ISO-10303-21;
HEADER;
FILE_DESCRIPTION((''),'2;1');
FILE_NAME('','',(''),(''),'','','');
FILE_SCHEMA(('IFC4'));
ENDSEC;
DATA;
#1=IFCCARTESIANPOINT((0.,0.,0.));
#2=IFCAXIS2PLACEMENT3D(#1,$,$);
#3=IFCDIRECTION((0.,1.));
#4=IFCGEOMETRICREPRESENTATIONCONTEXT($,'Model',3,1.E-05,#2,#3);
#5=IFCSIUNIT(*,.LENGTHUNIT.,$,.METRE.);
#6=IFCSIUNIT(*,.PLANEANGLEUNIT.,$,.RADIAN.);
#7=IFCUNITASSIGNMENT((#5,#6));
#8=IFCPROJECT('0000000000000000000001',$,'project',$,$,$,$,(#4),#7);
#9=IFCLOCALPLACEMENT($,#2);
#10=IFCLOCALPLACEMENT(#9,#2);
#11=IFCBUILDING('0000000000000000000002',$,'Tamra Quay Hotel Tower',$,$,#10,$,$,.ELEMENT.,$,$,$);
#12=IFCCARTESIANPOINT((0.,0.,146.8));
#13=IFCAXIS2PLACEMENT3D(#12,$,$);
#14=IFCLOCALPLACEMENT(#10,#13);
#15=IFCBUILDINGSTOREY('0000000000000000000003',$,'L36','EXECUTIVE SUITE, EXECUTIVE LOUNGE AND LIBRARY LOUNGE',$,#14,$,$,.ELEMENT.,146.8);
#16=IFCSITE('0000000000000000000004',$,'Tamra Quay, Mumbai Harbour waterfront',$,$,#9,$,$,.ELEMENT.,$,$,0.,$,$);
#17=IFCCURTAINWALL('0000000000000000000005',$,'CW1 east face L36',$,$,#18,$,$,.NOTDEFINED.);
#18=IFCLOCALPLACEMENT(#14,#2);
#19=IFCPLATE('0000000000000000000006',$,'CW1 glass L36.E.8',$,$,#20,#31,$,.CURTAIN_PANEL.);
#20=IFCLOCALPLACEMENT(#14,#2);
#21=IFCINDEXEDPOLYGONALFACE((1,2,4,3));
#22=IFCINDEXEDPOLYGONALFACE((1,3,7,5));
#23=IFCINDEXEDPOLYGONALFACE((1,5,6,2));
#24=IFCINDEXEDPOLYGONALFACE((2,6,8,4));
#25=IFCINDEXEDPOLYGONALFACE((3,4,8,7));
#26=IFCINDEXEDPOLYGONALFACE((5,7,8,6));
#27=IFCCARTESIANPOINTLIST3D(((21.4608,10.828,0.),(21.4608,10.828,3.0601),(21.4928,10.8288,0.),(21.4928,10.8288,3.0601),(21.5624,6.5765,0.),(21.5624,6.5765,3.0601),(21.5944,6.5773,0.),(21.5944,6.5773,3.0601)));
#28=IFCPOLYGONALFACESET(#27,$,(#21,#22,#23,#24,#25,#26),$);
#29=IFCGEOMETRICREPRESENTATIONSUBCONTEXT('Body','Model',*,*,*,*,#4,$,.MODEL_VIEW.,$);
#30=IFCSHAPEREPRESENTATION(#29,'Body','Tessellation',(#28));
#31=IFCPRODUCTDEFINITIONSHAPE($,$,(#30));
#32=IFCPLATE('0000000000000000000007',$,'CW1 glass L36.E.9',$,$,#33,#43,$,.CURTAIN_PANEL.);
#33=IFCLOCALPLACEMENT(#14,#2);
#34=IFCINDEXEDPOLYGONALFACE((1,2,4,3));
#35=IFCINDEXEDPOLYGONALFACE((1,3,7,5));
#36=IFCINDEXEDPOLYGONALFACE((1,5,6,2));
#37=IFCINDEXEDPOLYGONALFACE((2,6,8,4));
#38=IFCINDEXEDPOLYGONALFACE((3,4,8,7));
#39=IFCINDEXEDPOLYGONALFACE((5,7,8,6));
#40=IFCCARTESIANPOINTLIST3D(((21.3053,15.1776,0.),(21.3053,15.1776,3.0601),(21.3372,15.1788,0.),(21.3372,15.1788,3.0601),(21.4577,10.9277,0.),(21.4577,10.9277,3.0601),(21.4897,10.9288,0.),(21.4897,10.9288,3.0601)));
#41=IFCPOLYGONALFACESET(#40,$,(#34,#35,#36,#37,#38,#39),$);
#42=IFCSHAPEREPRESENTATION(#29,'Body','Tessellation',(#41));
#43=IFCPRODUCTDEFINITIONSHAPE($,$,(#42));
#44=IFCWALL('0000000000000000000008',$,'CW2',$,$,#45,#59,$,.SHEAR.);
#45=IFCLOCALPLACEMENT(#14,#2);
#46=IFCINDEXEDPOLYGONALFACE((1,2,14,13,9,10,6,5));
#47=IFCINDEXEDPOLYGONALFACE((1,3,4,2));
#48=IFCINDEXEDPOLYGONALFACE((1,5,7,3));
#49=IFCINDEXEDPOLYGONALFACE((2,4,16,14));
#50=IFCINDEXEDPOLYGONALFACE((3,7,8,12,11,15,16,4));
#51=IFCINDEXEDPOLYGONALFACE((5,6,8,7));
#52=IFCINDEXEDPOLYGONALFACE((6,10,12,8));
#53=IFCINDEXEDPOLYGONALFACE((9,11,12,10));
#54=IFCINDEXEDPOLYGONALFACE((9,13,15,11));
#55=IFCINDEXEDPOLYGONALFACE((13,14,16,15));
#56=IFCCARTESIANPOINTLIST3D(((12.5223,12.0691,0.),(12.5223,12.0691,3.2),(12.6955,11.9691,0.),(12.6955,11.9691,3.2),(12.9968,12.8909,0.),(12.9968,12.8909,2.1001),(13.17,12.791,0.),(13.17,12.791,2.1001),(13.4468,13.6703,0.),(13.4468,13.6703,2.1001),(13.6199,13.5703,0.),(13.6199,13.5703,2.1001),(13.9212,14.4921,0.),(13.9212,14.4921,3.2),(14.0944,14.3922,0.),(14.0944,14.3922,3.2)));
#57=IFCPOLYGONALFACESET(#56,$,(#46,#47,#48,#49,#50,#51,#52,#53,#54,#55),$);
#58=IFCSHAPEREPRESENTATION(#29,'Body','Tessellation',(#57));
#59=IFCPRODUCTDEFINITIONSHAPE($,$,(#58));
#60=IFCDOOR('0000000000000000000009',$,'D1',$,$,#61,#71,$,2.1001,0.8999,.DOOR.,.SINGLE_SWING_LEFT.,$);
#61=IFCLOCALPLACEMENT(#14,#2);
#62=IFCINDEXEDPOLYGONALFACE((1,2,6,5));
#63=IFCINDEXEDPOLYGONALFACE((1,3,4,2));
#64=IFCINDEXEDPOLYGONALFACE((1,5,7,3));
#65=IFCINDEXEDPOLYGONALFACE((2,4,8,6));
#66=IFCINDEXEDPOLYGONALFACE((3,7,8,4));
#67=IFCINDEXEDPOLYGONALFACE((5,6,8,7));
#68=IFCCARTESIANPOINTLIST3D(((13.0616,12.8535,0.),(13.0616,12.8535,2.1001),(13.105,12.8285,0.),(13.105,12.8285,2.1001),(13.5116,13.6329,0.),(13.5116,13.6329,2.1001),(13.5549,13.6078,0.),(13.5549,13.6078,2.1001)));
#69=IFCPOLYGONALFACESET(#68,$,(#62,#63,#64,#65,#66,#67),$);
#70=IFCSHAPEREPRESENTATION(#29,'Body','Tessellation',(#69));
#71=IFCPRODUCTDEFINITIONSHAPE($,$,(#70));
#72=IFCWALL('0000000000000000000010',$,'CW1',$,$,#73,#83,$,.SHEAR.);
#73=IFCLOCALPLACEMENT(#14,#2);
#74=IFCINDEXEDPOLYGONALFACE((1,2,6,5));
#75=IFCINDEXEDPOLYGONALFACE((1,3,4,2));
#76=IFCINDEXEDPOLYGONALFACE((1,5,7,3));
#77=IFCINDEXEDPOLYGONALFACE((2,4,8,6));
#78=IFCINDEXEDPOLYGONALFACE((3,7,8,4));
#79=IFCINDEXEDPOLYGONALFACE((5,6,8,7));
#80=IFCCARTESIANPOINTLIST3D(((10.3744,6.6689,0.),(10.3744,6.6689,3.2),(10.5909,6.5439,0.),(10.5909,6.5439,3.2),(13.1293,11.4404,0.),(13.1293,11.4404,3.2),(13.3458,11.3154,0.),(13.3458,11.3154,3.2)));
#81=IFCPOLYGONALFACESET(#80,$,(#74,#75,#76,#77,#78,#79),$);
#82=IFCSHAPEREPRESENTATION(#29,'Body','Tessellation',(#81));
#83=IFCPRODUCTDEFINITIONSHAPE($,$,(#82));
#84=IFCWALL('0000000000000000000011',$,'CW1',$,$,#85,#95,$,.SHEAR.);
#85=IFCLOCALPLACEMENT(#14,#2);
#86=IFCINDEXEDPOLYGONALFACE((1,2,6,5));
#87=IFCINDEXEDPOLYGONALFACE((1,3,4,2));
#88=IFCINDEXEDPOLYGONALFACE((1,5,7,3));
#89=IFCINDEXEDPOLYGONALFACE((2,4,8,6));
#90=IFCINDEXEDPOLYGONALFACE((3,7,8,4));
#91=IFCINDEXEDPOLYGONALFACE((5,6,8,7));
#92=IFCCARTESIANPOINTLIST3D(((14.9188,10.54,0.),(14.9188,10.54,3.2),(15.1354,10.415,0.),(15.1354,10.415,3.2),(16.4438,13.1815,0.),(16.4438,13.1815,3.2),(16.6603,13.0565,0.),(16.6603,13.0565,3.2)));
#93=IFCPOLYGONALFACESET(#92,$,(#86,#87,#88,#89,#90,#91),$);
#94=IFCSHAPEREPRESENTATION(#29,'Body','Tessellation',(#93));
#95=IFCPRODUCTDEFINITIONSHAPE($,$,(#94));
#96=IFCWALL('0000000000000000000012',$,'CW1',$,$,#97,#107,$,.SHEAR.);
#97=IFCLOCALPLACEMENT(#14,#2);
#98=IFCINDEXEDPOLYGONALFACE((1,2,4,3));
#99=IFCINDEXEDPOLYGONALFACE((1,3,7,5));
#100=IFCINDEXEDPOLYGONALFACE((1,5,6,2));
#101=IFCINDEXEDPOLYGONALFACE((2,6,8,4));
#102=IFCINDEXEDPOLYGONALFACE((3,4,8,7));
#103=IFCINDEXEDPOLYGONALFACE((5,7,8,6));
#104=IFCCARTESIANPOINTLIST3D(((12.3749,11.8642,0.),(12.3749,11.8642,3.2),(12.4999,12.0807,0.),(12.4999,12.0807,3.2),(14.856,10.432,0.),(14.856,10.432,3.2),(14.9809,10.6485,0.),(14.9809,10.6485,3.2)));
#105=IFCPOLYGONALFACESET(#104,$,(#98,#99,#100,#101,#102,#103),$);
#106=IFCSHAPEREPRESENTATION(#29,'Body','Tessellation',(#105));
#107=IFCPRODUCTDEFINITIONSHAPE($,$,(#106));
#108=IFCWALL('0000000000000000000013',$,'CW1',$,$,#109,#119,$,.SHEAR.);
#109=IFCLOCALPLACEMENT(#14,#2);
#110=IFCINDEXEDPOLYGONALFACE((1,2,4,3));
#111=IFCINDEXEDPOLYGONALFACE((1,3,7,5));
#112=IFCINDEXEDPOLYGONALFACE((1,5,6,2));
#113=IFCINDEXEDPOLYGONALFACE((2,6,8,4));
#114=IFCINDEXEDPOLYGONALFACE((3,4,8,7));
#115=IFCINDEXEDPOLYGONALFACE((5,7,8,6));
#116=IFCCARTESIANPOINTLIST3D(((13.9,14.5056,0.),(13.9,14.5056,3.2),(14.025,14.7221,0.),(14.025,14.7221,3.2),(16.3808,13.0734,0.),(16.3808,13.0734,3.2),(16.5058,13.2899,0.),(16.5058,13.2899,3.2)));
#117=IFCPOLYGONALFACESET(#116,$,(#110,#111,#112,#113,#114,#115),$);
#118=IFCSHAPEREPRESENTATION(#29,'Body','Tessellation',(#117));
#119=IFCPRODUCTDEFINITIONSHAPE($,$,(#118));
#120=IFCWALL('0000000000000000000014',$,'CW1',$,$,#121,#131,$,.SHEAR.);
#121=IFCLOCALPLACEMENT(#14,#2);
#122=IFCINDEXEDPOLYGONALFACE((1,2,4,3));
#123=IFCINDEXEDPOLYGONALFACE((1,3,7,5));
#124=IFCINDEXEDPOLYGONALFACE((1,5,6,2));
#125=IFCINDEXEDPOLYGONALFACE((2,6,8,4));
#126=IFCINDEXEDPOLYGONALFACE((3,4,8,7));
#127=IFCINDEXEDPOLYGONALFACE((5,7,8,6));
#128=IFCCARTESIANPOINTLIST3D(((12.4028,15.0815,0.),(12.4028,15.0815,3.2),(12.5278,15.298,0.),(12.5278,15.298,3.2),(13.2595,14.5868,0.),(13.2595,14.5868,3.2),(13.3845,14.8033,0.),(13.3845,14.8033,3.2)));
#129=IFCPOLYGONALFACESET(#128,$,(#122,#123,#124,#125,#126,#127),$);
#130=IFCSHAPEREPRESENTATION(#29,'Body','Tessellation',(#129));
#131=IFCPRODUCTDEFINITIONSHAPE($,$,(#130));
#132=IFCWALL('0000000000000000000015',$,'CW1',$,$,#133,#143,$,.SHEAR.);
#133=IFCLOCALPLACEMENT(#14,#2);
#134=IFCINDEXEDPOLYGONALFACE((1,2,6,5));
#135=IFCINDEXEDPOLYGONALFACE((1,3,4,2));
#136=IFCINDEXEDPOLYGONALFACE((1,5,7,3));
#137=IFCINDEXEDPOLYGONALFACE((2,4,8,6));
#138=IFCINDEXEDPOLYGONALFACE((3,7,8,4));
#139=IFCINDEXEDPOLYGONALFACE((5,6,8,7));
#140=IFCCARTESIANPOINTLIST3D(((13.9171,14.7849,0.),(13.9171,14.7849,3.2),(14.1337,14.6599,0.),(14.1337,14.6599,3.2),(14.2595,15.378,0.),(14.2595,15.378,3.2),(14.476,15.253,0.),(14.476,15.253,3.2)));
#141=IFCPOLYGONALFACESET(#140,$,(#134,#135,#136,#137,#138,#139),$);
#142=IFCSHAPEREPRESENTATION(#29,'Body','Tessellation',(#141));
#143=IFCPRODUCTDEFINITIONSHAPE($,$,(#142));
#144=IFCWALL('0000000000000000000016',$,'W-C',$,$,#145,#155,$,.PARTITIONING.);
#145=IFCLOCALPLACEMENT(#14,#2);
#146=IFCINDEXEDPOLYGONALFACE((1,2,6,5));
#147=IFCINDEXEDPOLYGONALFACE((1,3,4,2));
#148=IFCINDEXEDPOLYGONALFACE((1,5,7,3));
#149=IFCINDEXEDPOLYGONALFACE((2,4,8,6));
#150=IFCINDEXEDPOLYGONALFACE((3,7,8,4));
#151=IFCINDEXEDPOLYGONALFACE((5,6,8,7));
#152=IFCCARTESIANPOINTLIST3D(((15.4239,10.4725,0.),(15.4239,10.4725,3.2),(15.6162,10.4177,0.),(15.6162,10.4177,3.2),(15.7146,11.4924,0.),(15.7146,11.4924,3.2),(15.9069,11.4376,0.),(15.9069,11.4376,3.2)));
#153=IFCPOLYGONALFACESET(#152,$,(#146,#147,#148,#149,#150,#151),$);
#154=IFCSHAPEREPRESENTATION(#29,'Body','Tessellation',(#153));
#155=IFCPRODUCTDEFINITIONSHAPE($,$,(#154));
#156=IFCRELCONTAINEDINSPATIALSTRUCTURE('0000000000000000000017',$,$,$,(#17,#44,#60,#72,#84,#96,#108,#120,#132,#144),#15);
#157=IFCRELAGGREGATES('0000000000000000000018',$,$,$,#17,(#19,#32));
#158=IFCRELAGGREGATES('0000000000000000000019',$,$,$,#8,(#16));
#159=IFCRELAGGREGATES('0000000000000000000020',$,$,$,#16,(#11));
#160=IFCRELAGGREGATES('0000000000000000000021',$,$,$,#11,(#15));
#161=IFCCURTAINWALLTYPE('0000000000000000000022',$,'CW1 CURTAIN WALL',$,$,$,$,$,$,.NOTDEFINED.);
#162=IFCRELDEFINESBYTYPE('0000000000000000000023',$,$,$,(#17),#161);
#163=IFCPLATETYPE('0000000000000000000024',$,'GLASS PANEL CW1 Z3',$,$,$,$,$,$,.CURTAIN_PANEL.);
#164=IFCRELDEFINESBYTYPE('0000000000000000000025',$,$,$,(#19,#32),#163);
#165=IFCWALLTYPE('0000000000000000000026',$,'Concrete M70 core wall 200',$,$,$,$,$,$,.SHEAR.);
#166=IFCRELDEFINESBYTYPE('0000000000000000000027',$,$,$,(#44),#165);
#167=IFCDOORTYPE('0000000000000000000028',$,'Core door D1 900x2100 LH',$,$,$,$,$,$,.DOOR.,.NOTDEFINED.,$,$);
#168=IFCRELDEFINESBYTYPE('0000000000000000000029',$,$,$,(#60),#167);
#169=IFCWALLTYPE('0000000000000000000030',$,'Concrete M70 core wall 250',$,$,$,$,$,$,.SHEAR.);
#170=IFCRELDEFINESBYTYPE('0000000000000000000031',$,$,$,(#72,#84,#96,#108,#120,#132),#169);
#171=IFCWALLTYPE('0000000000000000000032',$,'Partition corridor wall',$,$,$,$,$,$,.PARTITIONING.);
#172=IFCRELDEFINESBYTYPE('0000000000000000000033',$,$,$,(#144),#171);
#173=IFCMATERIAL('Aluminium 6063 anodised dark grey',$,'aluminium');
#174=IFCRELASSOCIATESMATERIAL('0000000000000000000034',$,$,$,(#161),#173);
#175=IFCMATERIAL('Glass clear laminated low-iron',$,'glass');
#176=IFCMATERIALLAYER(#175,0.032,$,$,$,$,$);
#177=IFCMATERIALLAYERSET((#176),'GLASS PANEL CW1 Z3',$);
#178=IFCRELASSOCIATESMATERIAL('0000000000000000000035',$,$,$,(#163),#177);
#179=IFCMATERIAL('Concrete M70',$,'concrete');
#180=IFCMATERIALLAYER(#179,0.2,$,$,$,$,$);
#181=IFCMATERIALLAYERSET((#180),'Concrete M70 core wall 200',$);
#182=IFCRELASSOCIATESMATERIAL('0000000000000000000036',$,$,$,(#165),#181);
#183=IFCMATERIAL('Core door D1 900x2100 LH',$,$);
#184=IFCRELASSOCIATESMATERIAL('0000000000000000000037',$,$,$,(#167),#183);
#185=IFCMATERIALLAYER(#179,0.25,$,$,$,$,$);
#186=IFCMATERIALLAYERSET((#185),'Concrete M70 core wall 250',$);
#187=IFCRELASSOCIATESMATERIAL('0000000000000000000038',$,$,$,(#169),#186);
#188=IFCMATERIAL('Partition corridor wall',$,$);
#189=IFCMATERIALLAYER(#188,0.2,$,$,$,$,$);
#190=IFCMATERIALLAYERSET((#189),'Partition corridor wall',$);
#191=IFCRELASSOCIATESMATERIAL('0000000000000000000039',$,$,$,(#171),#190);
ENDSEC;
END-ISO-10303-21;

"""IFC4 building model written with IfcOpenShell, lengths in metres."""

from ifc_helpers import new_model, si_unit, direction, frame, frame_2d, origin, origin_2d, place, context, subcontext, project, spatial, rectangle, extrude, material, layer, layer_set, type_object, element, fill, aggregate, save


model = new_model("IFC4")

# Units and contexts
model_context = context("Model", 3, precision=1e-05, world=origin(), true_north=direction((0.0, 1.0)))
body_context = subcontext(model_context, "Body", "Model", "MODEL_VIEW")
ifc_project = project(units=[si_unit("LENGTHUNIT", "METRE"), si_unit("PLANEANGLEUNIT", "RADIAN")], contexts=[model_context])

# Site, building, storey
site_placement = place(None, origin())
site = spatial("IfcSite", under=ifc_project, at=site_placement, Name="Tamra Quay, Mumbai Harbour waterfront", CompositionType="ELEMENT", RefElevation=0.0)
building_placement = place(site_placement, origin())
building = spatial("IfcBuilding", under=site, at=building_placement, Name="Tamra Quay Hotel Tower", CompositionType="ELEMENT")
storey_placement = place(building_placement, frame((0.0, 0.0, 146.8)))
storey = spatial("IfcBuildingStorey", under=building, at=storey_placement, Name="L36", Description="EXECUTIVE SUITE, EXECUTIVE LOUNGE AND LIBRARY LOUNGE", CompositionType="ELEMENT", Elevation=146.8)

# Shared definitions
ifc_material_1 = material(Name="Concrete M70", Category="concrete")

# Curtain wall
ifc_material_2 = material(Name="Aluminium 6063 anodised dark grey", Category="aluminium")
curtain_wall_type = type_object("IfcCurtainWallType", Name="CW1 CURTAIN WALL", PredefinedType="NOTDEFINED", material=ifc_material_2)
curtain_wall_placement = place(storey_placement, origin())
curtain_wall = element("IfcCurtainWall", 1, at=curtain_wall_placement, inside=storey, type_object=curtain_wall_type, Name="CW1 east face L36", PredefinedType="NOTDEFINED")

# Plates
ifc_material_3 = material(Name="Glass clear laminated low-iron", Category="glass")
ifc_layer_1 = layer(ifc_material_3, 0.032)
ifc_layer_set_1 = layer_set([ifc_layer_1], Name="GLASS PANEL CW1 Z3")
plate_type = type_object("IfcPlateType", Name="GLASS PANEL CW1 Z3", PredefinedType="CURTAIN_PANEL", material=ifc_layer_set_1)
plate_1_placement = place(storey_placement, frame((21.5276, 8.7026, 0.0), z_axis=(0.0, 0.0, 1.0), x_axis=(-0.023896, 0.999714, 0.0)))
plate_1 = element("IfcPlate", 2, at=plate_1_placement, type_object=plate_type, Name="CW1 glass L36.E.8", PredefinedType="CURTAIN_PANEL", context=body_context, shape_type="SweptSolid", body=[
    extrude(rectangle(XDim=4.2527, YDim=0.032, at=origin_2d()), origin(), (0.0, 0.0, 1.0), 3.0601),
])
plate_2_placement = place(storey_placement, frame((21.3975, 13.0532, 0.0), z_axis=(0.0, 0.0, 1.0), x_axis=(-0.035845, 0.999357, 0.0)))
plate_2 = element("IfcPlate", 3, at=plate_2_placement, type_object=plate_type, Name="CW1 glass L36.E.9", PredefinedType="CURTAIN_PANEL", context=body_context, shape_type="SweptSolid", body=[
    extrude(rectangle(XDim=4.2527, YDim=0.032, at=origin_2d()), origin(), (0.0, 0.0, 1.0), 3.0601),
])
aggregate(curtain_wall, [plate_1, plate_2])

# Wall, opening, door
ifc_layer_2 = layer(ifc_material_1, 0.2)
ifc_layer_set_2 = layer_set([ifc_layer_2], Name="Concrete M70 core wall 200")
wall_type_1 = type_object("IfcWallType", Name="Concrete M70 core wall 200", PredefinedType="SHEAR", material=ifc_layer_set_2)
wall_1_placement = place(storey_placement, frame((14.0078, 14.4421, 0.0), z_axis=(0.0, 0.0, 1.0), x_axis=(-0.499987, -0.866033, 0.0)))
wall_1 = element("IfcWall", 4, at=wall_1_placement, inside=storey, type_object=wall_type_1, Name="CW2", PredefinedType="SHEAR", context=body_context, shape_type="SweptSolid", body=[
    extrude(rectangle(XDim=2.7979, YDim=0.2, at=frame_2d((1.3989, 0.0))), origin(), (0.0, 0.0, 1.0), 3.2),
])
opening_placement = place(wall_1_placement, frame((0.949, 0.0, 0.0)))
opening = element("IfcOpeningElement", 5, at=opening_placement, cuts=wall_1, PredefinedType="OPENING", context=body_context, shape_type="SweptSolid", body=[
    extrude(rectangle(XDim=0.8999, YDim=2.1001, at=frame_2d((0.45, 1.05))), frame((0.0, 0.1099, 0.0), z_axis=(0.0, -1.0, 0.0), x_axis=(1.0, 0.0, 0.0)), (0.0, 0.0, 1.0), 0.22),
])
ifc_material_4 = material(Name="Core door D1 900x2100 LH")
door_type = type_object("IfcDoorType", Name="Core door D1 900x2100 LH", OperationType="NOTDEFINED", PredefinedType="DOOR", material=ifc_material_4)
door_placement = place(opening_placement, origin())
door = element("IfcDoor", 6, at=door_placement, inside=storey, type_object=door_type, Name="D1", OperationType="SINGLE_SWING_LEFT", OverallHeight=2.1001, OverallWidth=0.8999, PredefinedType="DOOR", context=body_context, shape_type="SweptSolid", body=[
    extrude(rectangle(XDim=0.8999, YDim=2.1001, at=frame_2d((0.45, 1.05))), frame((0.0, 0.0249, 0.0), z_axis=(0.0, -1.0, 0.0), x_axis=(1.0, 0.0, 0.0)), (0.0, 0.0, 1.0), 0.05),
])
fill(opening, door)

# Walls
ifc_layer_3 = layer(ifc_material_1, 0.25)
ifc_layer_set_3 = layer_set([ifc_layer_3], Name="Concrete M70 core wall 250")
wall_type_2 = type_object("IfcWallType", Name="Concrete M70 core wall 250", PredefinedType="SHEAR", material=ifc_layer_set_3)
wall_2_placement = place(storey_placement, frame((13.2375, 11.3779, 0.0), z_axis=(0.0, 0.0, 1.0), x_axis=(-0.500009, -0.86602, 0.0)))
element("IfcWall", 7, at=wall_2_placement, inside=storey, type_object=wall_type_2, Name="CW1", PredefinedType="SHEAR", context=body_context, shape_type="SweptSolid", body=[
    extrude(rectangle(XDim=5.5098, YDim=0.25, at=frame_2d((2.7549, 0.0))), origin(), (0.0, 0.0, 1.0), 3.2),
])
wall_3_placement = place(storey_placement, frame((16.552, 13.1189, 0.0), z_axis=(0.0, 0.0, 1.0), x_axis=(-0.499979, -0.866038, 0.0)))
element("IfcWall", 8, at=wall_3_placement, inside=storey, type_object=wall_type_2, Name="CW1", PredefinedType="SHEAR", context=body_context, shape_type="SweptSolid", body=[
    extrude(rectangle(XDim=3.05, YDim=0.25, at=frame_2d((1.5249, 0.0))), origin(), (0.0, 0.0, 1.0), 3.2),
])
wall_4_placement = place(storey_placement, frame((14.9185, 10.5403, 0.0), z_axis=(0.0, 0.0, 1.0), x_axis=(-0.866064, 0.499934, 0.0)))
element("IfcWall", 9, at=wall_4_placement, inside=storey, type_object=wall_type_2, Name="CW1", PredefinedType="SHEAR", context=body_context, shape_type="SweptSolid", body=[
    extrude(rectangle(XDim=2.8647, YDim=0.25, at=frame_2d((1.4324, 0.0))), origin(), (0.0, 0.0, 1.0), 3.2),
])
wall_5_placement = place(storey_placement, frame((13.9626, 14.6138, 0.0), z_axis=(0.0, 0.0, 1.0), x_axis=(0.866042, -0.499971, 0.0)))
element("IfcWall", 10, at=wall_5_placement, inside=storey, type_object=wall_type_2, Name="CW1", PredefinedType="SHEAR", context=body_context, shape_type="SweptSolid", body=[
    extrude(rectangle(XDim=2.8645, YDim=0.25, at=frame_2d((1.4321, 0.0))), origin(), (0.0, 0.0, 1.0), 3.2),
])
wall_6_placement = place(storey_placement, frame((13.322, 14.6951, 0.0), z_axis=(0.0, 0.0, 1.0), x_axis=(-0.866017, 0.500014, 0.0)))
element("IfcWall", 11, at=wall_6_placement, inside=storey, type_object=wall_type_2, Name="CW1", PredefinedType="SHEAR", context=body_context, shape_type="SweptSolid", body=[
    extrude(rectangle(XDim=0.9893, YDim=0.25, at=frame_2d((0.4946, 0.0))), origin(), (0.0, 0.0, 1.0), 3.2),
])
wall_7_placement = place(storey_placement, frame((14.3677, 15.3154, 0.0), z_axis=(0.0, 0.0, 1.0), x_axis=(-0.499897, -0.866085, 0.0)))
element("IfcWall", 12, at=wall_7_placement, inside=storey, type_object=wall_type_2, Name="CW1", PredefinedType="SHEAR", context=body_context, shape_type="SweptSolid", body=[
    extrude(rectangle(XDim=0.6848, YDim=0.25, at=frame_2d((0.3423, 0.0))), origin(), (0.0, 0.0, 1.0), 3.2),
])
ifc_material_5 = material(Name="Partition corridor wall")
ifc_layer_4 = layer(ifc_material_5, 0.2)
ifc_layer_set_4 = layer_set([ifc_layer_4], Name="Partition corridor wall")
wall_type_3 = type_object("IfcWallType", Name="Partition corridor wall", PredefinedType="PARTITIONING", material=ifc_layer_set_4)
wall_8_placement = place(storey_placement, frame((15.52, 10.4451, 0.0), z_axis=(0.0, 0.0, 1.0), x_axis=(0.274143, 0.961689, 0.0)))
element("IfcWall", 13, at=wall_8_placement, inside=storey, type_object=wall_type_3, Name="W-C", PredefinedType="PARTITIONING", context=body_context, shape_type="SweptSolid", body=[
    extrude(rectangle(XDim=1.0605, YDim=0.2, at=frame_2d((0.5303, 0.0))), origin(), (0.0, 0.0, 1.0), 3.2),
])

save(model, "model.ifc")
